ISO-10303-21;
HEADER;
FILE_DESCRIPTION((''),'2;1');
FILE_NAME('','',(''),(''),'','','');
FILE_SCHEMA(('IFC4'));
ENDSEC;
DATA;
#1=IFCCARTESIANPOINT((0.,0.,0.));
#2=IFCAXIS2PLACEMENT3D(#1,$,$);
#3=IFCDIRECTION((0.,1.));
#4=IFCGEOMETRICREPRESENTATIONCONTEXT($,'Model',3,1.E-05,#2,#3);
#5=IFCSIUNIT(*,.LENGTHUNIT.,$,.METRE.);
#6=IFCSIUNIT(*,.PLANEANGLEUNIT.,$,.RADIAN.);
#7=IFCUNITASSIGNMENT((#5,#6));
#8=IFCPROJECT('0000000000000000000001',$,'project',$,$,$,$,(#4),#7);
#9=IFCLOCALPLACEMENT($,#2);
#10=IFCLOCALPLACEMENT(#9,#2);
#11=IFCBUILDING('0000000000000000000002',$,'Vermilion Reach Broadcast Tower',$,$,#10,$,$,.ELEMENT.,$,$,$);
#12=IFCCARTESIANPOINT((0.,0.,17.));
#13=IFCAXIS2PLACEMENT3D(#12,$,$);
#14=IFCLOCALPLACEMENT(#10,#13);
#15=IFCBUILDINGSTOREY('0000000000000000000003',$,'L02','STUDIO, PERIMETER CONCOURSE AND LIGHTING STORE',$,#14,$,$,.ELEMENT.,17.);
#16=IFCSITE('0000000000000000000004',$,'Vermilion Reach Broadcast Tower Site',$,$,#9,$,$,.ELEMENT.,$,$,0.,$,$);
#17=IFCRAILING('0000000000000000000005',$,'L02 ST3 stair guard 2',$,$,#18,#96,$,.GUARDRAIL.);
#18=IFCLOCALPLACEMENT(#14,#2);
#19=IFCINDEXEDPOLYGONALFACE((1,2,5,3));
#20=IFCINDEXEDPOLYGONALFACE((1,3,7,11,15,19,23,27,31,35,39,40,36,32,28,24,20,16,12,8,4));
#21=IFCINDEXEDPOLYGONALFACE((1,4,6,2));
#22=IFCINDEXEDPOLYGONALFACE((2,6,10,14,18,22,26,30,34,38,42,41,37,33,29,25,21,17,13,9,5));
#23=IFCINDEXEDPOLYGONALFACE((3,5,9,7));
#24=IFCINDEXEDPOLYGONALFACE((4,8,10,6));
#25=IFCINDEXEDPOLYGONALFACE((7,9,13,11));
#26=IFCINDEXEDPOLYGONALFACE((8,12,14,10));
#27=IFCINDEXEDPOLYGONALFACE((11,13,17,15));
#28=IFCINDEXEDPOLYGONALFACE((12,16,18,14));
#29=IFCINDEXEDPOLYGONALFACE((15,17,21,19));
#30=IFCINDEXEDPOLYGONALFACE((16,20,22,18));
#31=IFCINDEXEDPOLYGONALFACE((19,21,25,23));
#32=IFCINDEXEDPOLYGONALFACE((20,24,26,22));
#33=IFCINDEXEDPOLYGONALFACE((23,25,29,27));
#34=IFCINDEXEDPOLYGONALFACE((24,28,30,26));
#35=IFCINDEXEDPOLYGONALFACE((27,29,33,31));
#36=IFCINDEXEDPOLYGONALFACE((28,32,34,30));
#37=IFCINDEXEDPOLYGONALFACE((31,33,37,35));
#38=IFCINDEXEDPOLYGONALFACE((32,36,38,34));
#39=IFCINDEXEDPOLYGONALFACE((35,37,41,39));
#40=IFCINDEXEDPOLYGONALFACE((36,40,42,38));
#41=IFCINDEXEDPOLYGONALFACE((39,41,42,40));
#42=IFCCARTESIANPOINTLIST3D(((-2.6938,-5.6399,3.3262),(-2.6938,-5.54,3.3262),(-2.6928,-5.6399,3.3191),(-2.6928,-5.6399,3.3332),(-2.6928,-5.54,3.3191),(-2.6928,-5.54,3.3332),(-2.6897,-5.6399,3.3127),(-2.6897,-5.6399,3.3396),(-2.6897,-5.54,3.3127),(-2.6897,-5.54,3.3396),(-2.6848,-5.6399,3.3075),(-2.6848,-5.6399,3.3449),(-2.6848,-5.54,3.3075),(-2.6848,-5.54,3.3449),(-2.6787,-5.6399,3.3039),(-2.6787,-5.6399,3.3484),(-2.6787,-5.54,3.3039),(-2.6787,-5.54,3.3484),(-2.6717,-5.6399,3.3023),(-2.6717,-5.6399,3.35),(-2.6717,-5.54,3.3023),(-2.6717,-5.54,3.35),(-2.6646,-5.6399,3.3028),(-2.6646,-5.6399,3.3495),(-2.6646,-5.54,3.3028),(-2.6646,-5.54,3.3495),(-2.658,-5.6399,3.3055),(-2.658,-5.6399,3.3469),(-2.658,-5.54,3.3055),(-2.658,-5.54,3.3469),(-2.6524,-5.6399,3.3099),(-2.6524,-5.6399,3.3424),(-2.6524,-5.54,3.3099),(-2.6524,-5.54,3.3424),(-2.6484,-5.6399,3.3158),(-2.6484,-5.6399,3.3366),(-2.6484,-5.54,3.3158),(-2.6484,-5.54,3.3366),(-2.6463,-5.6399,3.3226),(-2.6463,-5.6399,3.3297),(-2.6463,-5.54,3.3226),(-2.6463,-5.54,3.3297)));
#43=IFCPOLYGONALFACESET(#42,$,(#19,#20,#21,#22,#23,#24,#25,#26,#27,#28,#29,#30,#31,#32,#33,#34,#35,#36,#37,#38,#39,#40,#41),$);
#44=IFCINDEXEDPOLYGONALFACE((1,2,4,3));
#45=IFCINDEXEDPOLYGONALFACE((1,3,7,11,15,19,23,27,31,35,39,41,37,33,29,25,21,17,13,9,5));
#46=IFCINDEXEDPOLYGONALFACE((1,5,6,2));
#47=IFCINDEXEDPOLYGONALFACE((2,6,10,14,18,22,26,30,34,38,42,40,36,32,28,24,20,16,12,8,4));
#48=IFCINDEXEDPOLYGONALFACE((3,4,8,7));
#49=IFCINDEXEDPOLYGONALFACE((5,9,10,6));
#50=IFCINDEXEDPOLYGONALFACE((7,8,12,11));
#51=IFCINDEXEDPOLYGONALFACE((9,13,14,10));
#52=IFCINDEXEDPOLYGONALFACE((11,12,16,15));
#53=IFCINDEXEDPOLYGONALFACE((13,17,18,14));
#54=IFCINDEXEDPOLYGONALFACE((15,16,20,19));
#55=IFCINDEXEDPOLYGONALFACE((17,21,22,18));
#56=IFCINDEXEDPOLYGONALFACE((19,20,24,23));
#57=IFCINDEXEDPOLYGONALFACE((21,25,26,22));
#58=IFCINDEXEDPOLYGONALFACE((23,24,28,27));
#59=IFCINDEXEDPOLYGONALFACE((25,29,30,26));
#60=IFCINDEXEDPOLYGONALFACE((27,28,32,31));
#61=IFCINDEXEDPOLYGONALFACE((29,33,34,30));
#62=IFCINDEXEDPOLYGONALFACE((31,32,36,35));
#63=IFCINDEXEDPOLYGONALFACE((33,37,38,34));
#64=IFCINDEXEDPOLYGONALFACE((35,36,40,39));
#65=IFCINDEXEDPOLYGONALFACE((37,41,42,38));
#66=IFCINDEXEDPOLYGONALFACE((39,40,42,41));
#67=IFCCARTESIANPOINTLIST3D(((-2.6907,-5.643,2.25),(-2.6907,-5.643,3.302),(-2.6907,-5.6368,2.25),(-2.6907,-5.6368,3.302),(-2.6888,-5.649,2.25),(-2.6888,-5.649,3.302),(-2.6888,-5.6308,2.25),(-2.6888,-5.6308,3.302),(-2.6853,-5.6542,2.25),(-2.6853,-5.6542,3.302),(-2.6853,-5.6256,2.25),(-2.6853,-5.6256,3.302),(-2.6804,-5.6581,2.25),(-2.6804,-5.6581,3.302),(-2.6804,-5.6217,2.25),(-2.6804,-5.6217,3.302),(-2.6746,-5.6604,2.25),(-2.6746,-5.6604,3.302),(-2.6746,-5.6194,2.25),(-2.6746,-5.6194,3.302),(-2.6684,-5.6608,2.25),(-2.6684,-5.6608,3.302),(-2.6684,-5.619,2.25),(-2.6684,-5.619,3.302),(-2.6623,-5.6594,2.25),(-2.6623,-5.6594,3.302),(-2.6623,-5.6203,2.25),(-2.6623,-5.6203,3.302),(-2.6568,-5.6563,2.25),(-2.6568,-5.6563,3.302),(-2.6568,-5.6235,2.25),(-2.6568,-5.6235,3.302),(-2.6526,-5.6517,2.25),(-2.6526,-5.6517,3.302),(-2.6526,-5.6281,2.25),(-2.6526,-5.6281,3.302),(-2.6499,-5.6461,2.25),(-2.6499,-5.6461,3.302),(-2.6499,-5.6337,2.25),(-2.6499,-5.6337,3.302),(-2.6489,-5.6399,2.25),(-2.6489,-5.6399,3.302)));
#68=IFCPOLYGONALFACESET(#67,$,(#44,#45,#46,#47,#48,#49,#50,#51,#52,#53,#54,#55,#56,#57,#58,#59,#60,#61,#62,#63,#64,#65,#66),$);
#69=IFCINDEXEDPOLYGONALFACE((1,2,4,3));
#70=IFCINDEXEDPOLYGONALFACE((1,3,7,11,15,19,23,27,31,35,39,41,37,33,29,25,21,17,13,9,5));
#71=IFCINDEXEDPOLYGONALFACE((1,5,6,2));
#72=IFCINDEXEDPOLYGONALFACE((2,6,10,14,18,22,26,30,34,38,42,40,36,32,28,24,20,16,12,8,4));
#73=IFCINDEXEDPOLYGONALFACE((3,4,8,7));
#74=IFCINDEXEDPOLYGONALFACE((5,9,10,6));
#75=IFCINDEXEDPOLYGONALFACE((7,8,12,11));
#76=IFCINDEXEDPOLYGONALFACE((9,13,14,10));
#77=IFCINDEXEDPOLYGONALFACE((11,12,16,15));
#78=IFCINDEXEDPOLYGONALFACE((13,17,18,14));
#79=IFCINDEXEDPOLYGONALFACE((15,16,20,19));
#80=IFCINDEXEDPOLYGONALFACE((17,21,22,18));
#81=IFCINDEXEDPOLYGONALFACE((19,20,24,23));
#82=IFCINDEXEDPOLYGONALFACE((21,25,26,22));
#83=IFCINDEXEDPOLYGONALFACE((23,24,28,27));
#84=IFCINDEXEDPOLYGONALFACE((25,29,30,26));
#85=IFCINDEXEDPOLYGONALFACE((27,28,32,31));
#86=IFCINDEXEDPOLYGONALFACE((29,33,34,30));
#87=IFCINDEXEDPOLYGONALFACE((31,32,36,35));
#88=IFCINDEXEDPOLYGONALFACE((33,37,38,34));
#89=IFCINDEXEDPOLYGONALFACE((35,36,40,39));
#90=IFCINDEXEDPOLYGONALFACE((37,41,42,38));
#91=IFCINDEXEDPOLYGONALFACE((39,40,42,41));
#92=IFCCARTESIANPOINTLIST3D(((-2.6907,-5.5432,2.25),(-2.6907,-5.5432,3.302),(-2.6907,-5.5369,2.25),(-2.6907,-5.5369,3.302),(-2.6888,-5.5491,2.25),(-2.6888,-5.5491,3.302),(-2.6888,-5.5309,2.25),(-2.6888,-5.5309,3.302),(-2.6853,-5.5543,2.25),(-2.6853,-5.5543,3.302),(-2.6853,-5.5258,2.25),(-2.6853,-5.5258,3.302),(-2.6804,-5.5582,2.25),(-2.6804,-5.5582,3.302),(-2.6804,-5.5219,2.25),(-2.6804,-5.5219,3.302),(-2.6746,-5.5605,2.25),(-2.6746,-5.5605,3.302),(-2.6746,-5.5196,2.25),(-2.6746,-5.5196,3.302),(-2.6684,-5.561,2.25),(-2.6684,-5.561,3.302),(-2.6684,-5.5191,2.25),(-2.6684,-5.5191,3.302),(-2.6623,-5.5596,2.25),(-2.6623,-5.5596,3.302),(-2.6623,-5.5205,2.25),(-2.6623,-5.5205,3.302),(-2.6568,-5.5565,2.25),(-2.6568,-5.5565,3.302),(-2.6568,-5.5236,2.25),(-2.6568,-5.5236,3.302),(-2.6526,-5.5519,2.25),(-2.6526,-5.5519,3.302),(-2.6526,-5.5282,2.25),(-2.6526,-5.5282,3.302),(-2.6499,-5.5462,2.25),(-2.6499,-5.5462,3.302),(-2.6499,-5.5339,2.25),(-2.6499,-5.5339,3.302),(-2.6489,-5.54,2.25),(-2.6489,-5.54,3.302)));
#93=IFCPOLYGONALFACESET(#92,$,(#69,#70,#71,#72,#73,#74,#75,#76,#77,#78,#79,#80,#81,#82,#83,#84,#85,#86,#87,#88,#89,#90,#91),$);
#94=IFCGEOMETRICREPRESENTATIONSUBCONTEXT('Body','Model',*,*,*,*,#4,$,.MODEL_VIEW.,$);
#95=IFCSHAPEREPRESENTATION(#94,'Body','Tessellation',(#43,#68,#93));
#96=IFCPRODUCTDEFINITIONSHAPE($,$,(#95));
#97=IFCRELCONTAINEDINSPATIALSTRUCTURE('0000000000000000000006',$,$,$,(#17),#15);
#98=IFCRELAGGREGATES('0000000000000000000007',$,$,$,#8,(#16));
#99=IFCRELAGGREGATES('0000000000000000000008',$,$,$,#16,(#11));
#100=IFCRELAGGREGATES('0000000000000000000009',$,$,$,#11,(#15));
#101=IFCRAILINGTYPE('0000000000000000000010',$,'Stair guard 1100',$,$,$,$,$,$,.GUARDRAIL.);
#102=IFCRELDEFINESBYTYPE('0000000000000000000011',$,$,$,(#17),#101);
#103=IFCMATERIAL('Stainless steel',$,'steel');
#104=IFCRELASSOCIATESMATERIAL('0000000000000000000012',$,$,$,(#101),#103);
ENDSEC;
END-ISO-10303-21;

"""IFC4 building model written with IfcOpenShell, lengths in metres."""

from ifc_helpers import new_model, si_unit, direction, frame, origin, origin_2d, place, context, subcontext, project, spatial, circle, extrude, material, type_object, element, save


model = new_model("IFC4")

# Units and contexts
model_context = context("Model", 3, precision=1e-05, world=origin(), true_north=direction((0.0, 1.0)))
body_context = subcontext(model_context, "Body", "Model", "MODEL_VIEW")
ifc_project = project(units=[si_unit("LENGTHUNIT", "METRE"), si_unit("PLANEANGLEUNIT", "RADIAN")], contexts=[model_context])

# Site, building, storey
site_placement = place(None, origin())
site = spatial("IfcSite", under=ifc_project, at=site_placement, Name="Vermilion Reach Broadcast Tower Site", CompositionType="ELEMENT", RefElevation=0.0)
building_placement = place(site_placement, origin())
building = spatial("IfcBuilding", under=site, at=building_placement, Name="Vermilion Reach Broadcast Tower", CompositionType="ELEMENT")
storey_placement = place(building_placement, frame((0.0, 0.0, 17.0)))
storey = spatial("IfcBuildingStorey", under=building, at=storey_placement, Name="L02", Description="STUDIO, PERIMETER CONCOURSE AND LIGHTING STORE", CompositionType="ELEMENT", Elevation=17.0)

# Railing
ifc_material_1 = material(Name="Stainless steel", Category="steel")
railing_type_1 = type_object("IfcRailingType", Name="Stair guard 1100", PredefinedType="GUARDRAIL", material=ifc_material_1)
railing_1_placement = place(storey_placement, frame((-2.6699, -5.6399, 2.25)))
element("IfcRailing", 1, at=railing_1_placement, inside=storey, type_object=railing_type_1, Name="L02 ST3 stair guard 2", PredefinedType="GUARDRAIL", context=body_context, shape_type="SweptSolid", body=[
    extrude(circle(Radius=0.0239, at=origin_2d()), frame((0.0, 0.0, 1.0762), z_axis=(0.0, 1.0, 0.0), x_axis=(-1.0, 0.0, 0.0)), (0.0, 0.0, 1.0), 0.0999),
    extrude(circle(Radius=0.021, at=origin_2d()), origin(), (0.0, 0.0, 1.0), 1.052),
    extrude(circle(Radius=0.021, at=origin_2d()), frame((0.0, 0.0999, 0.0)), (0.0, 0.0, 1.0), 1.052),
])

save(model, "model.ifc")
